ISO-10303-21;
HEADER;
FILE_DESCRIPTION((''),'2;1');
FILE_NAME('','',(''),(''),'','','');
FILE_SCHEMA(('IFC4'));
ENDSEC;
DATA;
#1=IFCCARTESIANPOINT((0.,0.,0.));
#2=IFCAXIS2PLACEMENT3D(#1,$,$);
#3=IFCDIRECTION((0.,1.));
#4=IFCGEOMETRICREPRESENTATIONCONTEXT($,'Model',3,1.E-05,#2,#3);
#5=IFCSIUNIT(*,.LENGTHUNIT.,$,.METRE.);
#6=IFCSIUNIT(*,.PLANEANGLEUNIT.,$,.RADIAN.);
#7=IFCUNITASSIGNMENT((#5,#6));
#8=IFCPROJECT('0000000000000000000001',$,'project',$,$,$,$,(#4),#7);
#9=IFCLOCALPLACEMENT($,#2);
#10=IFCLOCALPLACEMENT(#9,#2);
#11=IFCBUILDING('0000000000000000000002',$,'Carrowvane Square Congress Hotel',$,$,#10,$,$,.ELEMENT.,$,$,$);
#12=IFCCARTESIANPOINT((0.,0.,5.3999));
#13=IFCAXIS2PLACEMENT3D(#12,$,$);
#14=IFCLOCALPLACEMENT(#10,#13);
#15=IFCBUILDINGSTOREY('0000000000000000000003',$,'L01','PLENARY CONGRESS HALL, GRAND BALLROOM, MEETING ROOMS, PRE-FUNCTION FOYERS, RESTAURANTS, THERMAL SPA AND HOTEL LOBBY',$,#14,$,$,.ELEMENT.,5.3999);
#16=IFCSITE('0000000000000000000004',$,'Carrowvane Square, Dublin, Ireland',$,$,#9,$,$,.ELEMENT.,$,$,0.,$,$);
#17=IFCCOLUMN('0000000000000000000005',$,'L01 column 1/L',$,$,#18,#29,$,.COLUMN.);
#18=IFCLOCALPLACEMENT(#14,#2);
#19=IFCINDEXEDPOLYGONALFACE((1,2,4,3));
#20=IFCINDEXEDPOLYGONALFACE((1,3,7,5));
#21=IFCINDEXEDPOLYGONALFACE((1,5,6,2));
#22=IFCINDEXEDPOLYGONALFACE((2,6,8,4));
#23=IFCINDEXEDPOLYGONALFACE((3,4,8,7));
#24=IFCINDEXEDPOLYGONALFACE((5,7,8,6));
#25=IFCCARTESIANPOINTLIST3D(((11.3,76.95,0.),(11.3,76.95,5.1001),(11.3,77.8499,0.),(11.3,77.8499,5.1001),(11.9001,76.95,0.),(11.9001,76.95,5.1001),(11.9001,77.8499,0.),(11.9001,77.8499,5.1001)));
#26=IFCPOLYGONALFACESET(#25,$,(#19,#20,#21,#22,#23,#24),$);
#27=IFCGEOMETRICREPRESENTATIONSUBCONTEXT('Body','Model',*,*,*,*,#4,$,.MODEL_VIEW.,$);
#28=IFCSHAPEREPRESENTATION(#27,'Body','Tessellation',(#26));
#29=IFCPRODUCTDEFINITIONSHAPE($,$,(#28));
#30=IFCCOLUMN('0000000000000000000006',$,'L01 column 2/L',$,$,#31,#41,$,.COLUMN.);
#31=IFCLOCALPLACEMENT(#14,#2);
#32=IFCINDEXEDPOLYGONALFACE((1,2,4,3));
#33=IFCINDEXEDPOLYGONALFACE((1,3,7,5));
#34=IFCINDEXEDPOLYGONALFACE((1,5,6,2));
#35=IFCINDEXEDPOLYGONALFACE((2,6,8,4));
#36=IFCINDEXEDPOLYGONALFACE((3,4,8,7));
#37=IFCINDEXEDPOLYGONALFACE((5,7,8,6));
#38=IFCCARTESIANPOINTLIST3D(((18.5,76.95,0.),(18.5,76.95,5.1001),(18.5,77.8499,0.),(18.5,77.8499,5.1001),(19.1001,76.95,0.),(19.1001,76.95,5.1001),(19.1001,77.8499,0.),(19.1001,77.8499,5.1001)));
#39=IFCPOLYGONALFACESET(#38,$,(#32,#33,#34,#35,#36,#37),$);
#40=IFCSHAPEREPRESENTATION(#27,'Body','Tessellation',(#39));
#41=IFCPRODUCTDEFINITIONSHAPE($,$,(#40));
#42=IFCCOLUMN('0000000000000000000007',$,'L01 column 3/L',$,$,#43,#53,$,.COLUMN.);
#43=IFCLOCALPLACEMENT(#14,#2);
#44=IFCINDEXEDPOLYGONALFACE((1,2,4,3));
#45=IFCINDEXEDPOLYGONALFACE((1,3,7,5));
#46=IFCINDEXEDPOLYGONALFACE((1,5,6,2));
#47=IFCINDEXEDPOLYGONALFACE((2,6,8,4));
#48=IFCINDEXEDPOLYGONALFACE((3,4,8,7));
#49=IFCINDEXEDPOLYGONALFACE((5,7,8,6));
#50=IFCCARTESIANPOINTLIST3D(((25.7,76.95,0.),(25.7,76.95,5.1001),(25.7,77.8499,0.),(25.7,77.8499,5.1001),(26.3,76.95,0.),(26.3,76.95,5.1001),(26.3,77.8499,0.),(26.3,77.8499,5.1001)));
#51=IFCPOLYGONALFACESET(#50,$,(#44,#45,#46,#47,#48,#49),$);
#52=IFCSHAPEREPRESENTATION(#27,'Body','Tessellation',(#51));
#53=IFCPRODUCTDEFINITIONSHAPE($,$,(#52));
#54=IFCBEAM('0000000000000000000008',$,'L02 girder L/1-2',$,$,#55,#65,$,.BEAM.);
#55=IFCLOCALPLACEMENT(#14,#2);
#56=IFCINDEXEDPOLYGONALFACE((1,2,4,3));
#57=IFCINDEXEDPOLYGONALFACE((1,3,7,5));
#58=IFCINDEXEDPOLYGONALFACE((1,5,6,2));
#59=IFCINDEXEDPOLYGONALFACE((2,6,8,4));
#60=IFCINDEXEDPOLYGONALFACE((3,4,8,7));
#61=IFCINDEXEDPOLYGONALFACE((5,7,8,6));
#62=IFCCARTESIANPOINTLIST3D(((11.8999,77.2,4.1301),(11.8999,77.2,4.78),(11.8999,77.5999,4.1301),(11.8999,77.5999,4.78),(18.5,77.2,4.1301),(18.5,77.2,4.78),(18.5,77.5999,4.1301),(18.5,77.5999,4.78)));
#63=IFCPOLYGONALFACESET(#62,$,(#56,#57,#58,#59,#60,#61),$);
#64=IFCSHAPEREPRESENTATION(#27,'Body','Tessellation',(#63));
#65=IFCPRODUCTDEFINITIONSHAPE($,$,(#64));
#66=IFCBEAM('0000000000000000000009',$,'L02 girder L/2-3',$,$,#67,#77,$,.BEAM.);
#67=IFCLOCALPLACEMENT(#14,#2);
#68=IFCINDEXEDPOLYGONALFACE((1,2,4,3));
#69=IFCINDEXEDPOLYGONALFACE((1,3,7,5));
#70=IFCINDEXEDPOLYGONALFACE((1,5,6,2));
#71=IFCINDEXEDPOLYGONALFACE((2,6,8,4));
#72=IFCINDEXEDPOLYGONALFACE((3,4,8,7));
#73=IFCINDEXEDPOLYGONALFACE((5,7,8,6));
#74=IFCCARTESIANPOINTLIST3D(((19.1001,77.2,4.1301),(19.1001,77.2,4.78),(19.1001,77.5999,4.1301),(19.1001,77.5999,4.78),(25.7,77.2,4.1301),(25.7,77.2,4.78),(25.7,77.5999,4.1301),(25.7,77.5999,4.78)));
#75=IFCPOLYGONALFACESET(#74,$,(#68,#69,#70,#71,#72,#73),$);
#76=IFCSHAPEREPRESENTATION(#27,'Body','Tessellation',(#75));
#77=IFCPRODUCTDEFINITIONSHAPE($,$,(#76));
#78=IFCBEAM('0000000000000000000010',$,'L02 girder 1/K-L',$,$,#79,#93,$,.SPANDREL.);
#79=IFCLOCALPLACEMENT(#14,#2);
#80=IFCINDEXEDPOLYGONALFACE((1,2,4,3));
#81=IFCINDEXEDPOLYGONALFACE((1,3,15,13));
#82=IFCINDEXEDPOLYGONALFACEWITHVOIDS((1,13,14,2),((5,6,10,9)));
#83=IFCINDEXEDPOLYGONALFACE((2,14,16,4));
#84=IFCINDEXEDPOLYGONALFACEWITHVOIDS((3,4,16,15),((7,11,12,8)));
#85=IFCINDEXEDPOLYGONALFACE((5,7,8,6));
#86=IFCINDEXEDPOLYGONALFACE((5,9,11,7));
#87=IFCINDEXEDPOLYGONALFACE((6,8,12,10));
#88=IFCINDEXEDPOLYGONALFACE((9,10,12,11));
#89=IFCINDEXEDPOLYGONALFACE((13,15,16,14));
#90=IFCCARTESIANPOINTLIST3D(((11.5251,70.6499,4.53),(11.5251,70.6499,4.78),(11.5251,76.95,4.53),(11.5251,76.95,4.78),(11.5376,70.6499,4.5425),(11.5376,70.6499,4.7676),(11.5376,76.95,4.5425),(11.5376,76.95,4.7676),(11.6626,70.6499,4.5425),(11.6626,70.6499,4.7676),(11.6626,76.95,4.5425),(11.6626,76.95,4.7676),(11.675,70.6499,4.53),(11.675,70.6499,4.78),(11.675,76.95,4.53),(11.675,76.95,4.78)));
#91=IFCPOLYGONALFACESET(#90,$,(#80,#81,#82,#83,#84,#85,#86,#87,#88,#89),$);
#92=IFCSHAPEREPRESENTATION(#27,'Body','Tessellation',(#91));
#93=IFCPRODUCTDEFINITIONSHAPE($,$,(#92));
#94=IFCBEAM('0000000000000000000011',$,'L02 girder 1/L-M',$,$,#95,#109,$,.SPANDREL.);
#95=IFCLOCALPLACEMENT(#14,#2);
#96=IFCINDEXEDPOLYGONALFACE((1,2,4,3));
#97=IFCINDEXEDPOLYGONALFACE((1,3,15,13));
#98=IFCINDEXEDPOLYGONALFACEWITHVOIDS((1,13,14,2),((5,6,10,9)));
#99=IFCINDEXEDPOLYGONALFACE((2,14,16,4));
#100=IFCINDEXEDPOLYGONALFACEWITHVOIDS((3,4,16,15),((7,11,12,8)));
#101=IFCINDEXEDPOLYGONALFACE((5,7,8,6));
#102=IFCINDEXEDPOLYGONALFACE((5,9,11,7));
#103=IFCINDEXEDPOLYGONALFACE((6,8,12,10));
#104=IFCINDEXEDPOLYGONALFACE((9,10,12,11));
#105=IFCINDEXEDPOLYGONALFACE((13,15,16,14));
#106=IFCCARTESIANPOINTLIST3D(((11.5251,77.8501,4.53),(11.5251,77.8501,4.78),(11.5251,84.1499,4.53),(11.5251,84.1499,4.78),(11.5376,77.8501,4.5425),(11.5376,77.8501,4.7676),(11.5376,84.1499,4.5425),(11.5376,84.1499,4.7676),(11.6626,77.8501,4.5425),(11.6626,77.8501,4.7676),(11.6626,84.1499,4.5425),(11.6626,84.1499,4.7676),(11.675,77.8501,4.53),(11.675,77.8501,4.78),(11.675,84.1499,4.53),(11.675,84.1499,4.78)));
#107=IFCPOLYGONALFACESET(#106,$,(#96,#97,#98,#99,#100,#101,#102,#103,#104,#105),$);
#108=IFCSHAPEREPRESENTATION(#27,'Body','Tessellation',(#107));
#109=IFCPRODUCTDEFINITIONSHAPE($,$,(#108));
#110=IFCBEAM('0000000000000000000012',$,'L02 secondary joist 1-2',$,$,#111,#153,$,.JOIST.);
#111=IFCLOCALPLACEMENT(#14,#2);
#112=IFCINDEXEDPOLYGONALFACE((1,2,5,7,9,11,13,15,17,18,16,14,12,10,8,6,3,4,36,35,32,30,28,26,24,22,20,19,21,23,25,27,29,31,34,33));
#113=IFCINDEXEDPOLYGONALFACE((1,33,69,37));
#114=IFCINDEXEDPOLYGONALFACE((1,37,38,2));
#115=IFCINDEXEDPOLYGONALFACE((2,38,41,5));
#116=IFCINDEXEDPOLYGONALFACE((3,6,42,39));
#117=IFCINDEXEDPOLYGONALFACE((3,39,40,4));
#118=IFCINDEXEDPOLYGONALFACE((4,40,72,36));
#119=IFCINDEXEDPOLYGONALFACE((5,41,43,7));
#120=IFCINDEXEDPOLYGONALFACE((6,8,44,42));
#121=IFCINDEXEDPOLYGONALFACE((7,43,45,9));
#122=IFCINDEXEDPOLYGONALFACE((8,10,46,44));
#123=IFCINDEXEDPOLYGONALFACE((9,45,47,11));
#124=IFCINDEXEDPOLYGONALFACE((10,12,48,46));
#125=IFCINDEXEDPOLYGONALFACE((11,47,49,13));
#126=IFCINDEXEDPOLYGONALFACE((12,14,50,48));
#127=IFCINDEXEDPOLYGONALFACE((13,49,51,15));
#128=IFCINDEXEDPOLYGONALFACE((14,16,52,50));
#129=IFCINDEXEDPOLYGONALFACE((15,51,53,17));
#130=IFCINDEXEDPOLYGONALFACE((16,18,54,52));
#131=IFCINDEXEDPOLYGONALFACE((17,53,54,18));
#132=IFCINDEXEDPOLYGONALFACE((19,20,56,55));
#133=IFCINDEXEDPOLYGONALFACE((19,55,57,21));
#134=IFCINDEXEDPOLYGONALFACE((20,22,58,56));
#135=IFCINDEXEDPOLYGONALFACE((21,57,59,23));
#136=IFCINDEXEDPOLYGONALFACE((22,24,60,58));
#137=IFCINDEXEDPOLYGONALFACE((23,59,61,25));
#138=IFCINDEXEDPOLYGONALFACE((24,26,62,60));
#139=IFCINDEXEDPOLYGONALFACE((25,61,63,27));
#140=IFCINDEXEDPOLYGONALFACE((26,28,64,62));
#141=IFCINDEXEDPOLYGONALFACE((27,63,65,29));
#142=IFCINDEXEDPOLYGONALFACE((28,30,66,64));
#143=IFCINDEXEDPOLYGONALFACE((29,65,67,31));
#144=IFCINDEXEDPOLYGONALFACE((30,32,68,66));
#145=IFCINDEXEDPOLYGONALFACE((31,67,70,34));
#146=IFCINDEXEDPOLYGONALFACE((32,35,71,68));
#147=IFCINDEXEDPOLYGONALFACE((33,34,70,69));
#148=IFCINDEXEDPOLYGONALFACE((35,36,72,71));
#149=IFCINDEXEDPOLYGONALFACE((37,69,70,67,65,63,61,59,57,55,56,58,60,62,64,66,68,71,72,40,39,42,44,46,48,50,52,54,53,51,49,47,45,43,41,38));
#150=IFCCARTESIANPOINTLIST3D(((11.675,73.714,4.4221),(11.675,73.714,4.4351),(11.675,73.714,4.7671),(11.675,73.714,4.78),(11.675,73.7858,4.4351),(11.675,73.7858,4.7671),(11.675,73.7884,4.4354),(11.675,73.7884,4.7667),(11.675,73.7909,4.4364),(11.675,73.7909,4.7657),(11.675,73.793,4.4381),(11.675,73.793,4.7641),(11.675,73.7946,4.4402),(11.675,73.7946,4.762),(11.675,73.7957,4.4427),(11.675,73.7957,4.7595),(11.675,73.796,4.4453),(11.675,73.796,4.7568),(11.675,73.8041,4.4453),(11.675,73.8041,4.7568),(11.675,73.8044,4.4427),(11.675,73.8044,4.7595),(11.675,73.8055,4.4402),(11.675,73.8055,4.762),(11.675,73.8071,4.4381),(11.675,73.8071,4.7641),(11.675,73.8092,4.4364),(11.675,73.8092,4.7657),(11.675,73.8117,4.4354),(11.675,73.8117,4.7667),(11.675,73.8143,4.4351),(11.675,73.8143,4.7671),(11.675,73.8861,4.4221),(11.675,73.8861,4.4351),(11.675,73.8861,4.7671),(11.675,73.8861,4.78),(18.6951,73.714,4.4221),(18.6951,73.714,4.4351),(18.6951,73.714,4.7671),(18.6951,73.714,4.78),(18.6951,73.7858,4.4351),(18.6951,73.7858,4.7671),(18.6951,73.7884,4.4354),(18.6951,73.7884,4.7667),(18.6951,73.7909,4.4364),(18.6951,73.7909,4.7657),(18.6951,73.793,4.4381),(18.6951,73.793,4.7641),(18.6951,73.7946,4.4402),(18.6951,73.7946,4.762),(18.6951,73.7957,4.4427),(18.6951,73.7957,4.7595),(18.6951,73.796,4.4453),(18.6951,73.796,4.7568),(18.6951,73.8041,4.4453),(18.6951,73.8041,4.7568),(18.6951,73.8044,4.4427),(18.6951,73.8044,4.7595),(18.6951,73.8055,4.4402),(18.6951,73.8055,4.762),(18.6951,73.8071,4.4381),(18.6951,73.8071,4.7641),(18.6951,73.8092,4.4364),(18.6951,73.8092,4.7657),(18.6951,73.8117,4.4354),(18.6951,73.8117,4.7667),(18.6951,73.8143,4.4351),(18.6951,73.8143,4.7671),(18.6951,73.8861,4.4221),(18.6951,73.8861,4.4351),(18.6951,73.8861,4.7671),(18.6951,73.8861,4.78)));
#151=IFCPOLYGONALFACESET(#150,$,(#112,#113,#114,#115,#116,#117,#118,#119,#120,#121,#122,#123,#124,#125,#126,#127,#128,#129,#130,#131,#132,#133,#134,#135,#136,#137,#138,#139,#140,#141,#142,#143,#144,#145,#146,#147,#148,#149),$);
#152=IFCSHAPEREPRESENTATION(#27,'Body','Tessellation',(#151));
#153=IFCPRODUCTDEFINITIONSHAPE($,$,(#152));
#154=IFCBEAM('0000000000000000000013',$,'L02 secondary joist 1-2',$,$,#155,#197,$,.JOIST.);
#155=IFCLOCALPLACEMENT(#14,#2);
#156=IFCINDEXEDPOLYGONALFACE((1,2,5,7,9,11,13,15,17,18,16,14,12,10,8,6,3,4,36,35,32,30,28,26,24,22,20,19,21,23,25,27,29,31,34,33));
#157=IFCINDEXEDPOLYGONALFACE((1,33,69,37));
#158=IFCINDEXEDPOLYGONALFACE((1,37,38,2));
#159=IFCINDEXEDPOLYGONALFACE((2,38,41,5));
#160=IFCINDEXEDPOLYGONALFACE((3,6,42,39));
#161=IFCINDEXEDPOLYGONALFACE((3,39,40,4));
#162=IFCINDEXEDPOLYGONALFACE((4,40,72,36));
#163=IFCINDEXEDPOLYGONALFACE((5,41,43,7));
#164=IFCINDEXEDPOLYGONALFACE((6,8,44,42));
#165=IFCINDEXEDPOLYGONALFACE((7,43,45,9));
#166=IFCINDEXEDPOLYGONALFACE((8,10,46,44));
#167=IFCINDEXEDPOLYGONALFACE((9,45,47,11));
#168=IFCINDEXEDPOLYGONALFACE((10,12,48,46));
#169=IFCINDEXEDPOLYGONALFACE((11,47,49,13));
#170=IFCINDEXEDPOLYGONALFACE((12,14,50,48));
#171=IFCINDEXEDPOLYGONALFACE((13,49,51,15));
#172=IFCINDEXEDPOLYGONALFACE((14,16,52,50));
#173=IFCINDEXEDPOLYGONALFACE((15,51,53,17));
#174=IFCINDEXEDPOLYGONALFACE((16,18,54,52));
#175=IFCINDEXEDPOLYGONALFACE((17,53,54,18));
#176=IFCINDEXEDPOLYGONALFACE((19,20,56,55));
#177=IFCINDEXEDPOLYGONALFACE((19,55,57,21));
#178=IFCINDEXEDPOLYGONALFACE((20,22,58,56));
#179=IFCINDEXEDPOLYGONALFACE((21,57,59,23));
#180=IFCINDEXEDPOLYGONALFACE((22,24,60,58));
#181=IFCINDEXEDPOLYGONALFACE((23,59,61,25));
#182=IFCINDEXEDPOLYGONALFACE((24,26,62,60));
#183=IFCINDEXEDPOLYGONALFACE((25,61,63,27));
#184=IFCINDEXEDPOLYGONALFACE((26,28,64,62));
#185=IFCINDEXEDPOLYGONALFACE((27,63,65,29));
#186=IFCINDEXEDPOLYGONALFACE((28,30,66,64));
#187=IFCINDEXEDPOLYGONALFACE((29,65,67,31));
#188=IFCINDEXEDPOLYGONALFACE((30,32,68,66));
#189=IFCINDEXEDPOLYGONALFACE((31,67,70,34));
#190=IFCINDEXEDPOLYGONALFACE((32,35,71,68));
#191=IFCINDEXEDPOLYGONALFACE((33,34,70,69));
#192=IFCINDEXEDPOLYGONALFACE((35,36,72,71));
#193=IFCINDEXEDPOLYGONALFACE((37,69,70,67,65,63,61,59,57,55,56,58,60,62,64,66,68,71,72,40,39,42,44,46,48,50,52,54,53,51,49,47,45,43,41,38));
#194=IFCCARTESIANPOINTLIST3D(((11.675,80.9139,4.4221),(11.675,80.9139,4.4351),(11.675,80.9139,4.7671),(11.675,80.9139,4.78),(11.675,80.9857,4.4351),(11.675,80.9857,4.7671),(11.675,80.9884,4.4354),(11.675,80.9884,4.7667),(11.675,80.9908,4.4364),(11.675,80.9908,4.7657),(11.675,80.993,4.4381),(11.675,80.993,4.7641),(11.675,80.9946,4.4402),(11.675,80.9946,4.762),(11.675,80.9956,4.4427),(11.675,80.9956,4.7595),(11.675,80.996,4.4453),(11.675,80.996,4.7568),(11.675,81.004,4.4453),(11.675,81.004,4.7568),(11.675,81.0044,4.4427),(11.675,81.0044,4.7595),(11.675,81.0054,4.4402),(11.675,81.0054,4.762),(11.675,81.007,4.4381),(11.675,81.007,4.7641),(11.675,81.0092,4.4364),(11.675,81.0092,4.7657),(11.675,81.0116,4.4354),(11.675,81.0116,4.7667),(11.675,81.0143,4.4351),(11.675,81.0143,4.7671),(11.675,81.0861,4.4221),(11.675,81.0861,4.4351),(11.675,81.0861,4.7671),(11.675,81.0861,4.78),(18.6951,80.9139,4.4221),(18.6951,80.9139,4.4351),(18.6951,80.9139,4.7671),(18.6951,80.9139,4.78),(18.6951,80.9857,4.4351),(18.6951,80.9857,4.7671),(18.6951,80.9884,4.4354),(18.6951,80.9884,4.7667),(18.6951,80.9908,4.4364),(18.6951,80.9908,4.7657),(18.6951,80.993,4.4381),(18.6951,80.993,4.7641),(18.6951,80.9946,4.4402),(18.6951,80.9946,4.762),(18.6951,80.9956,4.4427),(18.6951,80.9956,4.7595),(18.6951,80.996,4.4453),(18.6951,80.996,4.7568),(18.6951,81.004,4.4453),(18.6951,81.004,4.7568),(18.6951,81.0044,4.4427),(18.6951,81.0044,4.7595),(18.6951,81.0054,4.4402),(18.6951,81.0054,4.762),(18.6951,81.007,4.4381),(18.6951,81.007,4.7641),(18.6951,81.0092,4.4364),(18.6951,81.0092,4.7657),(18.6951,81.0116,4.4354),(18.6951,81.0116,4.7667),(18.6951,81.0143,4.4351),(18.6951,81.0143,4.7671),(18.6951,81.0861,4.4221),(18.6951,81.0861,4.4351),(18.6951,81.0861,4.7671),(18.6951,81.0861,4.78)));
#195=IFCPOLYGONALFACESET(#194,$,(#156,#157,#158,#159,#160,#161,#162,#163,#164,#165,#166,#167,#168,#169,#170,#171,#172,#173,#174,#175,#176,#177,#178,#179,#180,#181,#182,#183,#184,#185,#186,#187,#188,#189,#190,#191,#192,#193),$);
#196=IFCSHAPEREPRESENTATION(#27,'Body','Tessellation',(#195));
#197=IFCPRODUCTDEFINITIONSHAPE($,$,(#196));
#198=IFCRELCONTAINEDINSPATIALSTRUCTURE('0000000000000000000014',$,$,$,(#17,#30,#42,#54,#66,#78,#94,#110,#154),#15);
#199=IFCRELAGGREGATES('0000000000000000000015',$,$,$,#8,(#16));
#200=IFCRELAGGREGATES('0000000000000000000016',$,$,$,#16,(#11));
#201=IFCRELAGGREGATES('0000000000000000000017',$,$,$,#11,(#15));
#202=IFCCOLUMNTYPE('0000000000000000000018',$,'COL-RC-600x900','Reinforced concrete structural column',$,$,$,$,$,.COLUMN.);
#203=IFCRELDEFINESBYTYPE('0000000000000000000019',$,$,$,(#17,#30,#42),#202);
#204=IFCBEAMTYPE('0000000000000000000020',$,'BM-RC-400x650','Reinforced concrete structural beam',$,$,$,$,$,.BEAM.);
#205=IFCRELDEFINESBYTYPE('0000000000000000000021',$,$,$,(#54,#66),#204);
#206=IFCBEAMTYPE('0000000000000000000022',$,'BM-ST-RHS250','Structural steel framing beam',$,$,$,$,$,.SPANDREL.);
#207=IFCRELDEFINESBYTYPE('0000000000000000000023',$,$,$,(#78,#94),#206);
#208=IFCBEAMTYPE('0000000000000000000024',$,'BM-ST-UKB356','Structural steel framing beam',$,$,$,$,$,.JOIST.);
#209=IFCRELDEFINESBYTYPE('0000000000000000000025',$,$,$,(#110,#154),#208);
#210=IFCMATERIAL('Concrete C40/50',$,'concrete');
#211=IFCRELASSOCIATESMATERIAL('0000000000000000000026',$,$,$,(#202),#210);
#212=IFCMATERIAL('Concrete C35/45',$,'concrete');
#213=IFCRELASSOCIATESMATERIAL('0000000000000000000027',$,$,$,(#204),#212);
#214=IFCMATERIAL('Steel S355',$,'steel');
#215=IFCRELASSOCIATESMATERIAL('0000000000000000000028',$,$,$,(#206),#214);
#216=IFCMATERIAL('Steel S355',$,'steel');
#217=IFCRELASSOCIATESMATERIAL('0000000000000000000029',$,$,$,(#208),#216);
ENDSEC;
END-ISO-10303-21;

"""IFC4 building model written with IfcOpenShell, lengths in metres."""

from ifc_helpers import new_model, si_unit, direction, frame, origin, origin_2d, place, context, subcontext, project, spatial, rectangle, hollow_rectangle, i_section, extrude, material, material_profile, profile_set, type_object, element, save


model = new_model("IFC4")

# Units and contexts
model_context = context("Model", 3, precision=1e-05, world=origin(), true_north=direction((0.0, 1.0)))
body_context = subcontext(model_context, "Body", "Model", "MODEL_VIEW")
ifc_project = project(units=[si_unit("LENGTHUNIT", "METRE"), si_unit("PLANEANGLEUNIT", "RADIAN")], contexts=[model_context])

# Site, building, storey
site_placement = place(None, origin())
site = spatial("IfcSite", under=ifc_project, at=site_placement, Name="Carrowvane Square, Dublin, Ireland", CompositionType="ELEMENT", RefElevation=0.0)
building_placement = place(site_placement, origin())
building = spatial("IfcBuilding", under=site, at=building_placement, Name="Carrowvane Square Congress Hotel", CompositionType="ELEMENT")
storey_placement = place(building_placement, frame((0.0, 0.0, 5.3999)))
storey = spatial("IfcBuildingStorey", under=building, at=storey_placement, Name="L01", Description="PLENARY CONGRESS HALL, GRAND BALLROOM, MEETING ROOMS, PRE-FUNCTION FOYERS, RESTAURANTS, THERMAL SPA AND HOTEL LOBBY", CompositionType="ELEMENT", Elevation=5.3999)

# Columns
ifc_material_1 = material(Name="Concrete C40/50", Category="concrete")
ifc_material_profile_1 = material_profile(ifc_material_1, rectangle(XDim=0.6001, YDim=0.8999, at=origin_2d()), Name="RC 600x900")
ifc_profile_set_1 = profile_set([ifc_material_profile_1], Name="Concrete C40/50")
column_type = type_object("IfcColumnType", Name="COL-RC-600x900", Description="Reinforced concrete structural column", PredefinedType="COLUMN", material=ifc_profile_set_1)
for number, where, z_axis, x_axis, name in (
    (1, (11.6001, 77.3999, 0.0), (0.0, 0.0, 1.0), (1.0, 0.0, 0.0), "L01 column 1/L"),
    (2, (18.8, 77.3999, 0.0), (0.0, 0.0, 1.0), (1.0, 0.0, 0.0), "L01 column 2/L"),
    (3, (26.0, 77.3999, 0.0), (0.0, 0.0, 1.0), (1.0, 0.0, 0.0), "L01 column 3/L"),
):
    element("IfcColumn", number, at=place(storey_placement, frame(where, z_axis=z_axis, x_axis=x_axis)), inside=storey, type_object=column_type, Name=name, PredefinedType="COLUMN", context=body_context, shape_type="SweptSolid", body=[
        extrude(rectangle(XDim=0.6001, YDim=0.8999, at=origin_2d()), origin(), (0.0, 0.0, 1.0), 5.1001),
    ])

# Beams
ifc_material_2 = material(Name="Concrete C35/45", Category="concrete")
ifc_material_profile_2 = material_profile(ifc_material_2, rectangle(XDim=0.3999, YDim=0.6499, at=origin_2d()), Name="RC 400x650")
ifc_profile_set_2 = profile_set([ifc_material_profile_2], Name="Concrete C35/45")
beam_type_1 = type_object("IfcBeamType", Name="BM-RC-400x650", Description="Reinforced concrete structural beam", PredefinedType="BEAM", material=ifc_profile_set_2)
beam_1_placement = place(storey_placement, frame((11.8999, 77.3999, 4.4551), z_axis=(1.0, 0.0, 0.0), x_axis=(0.0, 1.0, 0.0)))
element("IfcBeam", 4, at=beam_1_placement, inside=storey, type_object=beam_type_1, Name="L02 girder L/1-2", PredefinedType="BEAM", context=body_context, shape_type="SweptSolid", body=[
    extrude(rectangle(XDim=0.3999, YDim=0.6499, at=origin_2d()), origin(), (0.0, 0.0, 1.0), 6.6001),
])
beam_2_placement = place(storey_placement, frame((19.1001, 77.3999, 4.4551), z_axis=(1.0, 0.0, 0.0), x_axis=(0.0, 1.0, 0.0)))
element("IfcBeam", 5, at=beam_2_placement, inside=storey, type_object=beam_type_1, Name="L02 girder L/2-3", PredefinedType="BEAM", context=body_context, shape_type="SweptSolid", body=[
    extrude(rectangle(XDim=0.3999, YDim=0.6499, at=origin_2d()), origin(), (0.0, 0.0, 1.0), 6.5999),
])
ifc_material_3 = material(Name="Steel S355", Category="steel")
ifc_material_profile_3 = material_profile(ifc_material_3, hollow_rectangle(XDim=0.1499, YDim=0.25, WallThickness=0.0125, at=origin_2d()), Name="RHS 250x150x12.5")
ifc_profile_set_3 = profile_set([ifc_material_profile_3], Name="Steel S355")
beam_type_2 = type_object("IfcBeamType", Name="BM-ST-RHS250", Description="Structural steel framing beam", PredefinedType="SPANDREL", material=ifc_profile_set_3)
beam_3_placement = place(storey_placement, frame((11.6001, 70.6499, 4.655), z_axis=(0.0, 1.0, 0.0), x_axis=(-1.0, 0.0, 0.0)))
element("IfcBeam", 6, at=beam_3_placement, inside=storey, type_object=beam_type_2, Name="L02 girder 1/K-L", PredefinedType="SPANDREL", context=body_context, shape_type="SweptSolid", body=[
    extrude(hollow_rectangle(XDim=0.1499, YDim=0.25, WallThickness=0.0125, at=origin_2d()), origin(), (0.0, 0.0, 1.0), 6.3),
])
beam_4_placement = place(storey_placement, frame((11.6001, 77.8501, 4.655), z_axis=(0.0, 1.0, 0.0), x_axis=(-1.0, 0.0, 0.0)))
element("IfcBeam", 7, at=beam_4_placement, inside=storey, type_object=beam_type_2, Name="L02 girder 1/L-M", PredefinedType="SPANDREL", context=body_context, shape_type="SweptSolid", body=[
    extrude(hollow_rectangle(XDim=0.1499, YDim=0.25, WallThickness=0.0125, at=origin_2d()), origin(), (0.0, 0.0, 1.0), 6.2998),
])
ifc_material_4 = material(Name="Steel S355", Category="steel")
ifc_material_profile_4 = material_profile(ifc_material_4, i_section(OverallWidth=0.1721, OverallDepth=0.3579, WebThickness=0.0081, FlangeThickness=0.0129, FilletRadius=0.0103, at=origin_2d()), Name="UKB 356x171x57")
ifc_profile_set_4 = profile_set([ifc_material_profile_4], Name="Steel S355")
beam_type_3 = type_object("IfcBeamType", Name="BM-ST-UKB356", Description="Structural steel framing beam", PredefinedType="JOIST", material=ifc_profile_set_4)
for number, where, z_axis, x_axis, name in (
    (8, (11.675, 73.8, 4.6011), (1.0, 0.0, 0.0), (0.0, 1.0, 0.0), "L02 secondary joist 1-2"),
    (9, (11.675, 81.0, 4.6011), (1.0, 0.0, 0.0), (0.0, 1.0, 0.0), "L02 secondary joist 1-2"),
):
    element("IfcBeam", number, at=place(storey_placement, frame(where, z_axis=z_axis, x_axis=x_axis)), inside=storey, type_object=beam_type_3, Name=name, PredefinedType="JOIST", context=body_context, shape_type="SweptSolid", body=[
        extrude(i_section(OverallWidth=0.1721, OverallDepth=0.3579, WebThickness=0.0081, FlangeThickness=0.0129, FilletRadius=0.0103, at=origin_2d()), origin(), (0.0, 0.0, 1.0), 7.02),
    ])

save(model, "model.ifc")
